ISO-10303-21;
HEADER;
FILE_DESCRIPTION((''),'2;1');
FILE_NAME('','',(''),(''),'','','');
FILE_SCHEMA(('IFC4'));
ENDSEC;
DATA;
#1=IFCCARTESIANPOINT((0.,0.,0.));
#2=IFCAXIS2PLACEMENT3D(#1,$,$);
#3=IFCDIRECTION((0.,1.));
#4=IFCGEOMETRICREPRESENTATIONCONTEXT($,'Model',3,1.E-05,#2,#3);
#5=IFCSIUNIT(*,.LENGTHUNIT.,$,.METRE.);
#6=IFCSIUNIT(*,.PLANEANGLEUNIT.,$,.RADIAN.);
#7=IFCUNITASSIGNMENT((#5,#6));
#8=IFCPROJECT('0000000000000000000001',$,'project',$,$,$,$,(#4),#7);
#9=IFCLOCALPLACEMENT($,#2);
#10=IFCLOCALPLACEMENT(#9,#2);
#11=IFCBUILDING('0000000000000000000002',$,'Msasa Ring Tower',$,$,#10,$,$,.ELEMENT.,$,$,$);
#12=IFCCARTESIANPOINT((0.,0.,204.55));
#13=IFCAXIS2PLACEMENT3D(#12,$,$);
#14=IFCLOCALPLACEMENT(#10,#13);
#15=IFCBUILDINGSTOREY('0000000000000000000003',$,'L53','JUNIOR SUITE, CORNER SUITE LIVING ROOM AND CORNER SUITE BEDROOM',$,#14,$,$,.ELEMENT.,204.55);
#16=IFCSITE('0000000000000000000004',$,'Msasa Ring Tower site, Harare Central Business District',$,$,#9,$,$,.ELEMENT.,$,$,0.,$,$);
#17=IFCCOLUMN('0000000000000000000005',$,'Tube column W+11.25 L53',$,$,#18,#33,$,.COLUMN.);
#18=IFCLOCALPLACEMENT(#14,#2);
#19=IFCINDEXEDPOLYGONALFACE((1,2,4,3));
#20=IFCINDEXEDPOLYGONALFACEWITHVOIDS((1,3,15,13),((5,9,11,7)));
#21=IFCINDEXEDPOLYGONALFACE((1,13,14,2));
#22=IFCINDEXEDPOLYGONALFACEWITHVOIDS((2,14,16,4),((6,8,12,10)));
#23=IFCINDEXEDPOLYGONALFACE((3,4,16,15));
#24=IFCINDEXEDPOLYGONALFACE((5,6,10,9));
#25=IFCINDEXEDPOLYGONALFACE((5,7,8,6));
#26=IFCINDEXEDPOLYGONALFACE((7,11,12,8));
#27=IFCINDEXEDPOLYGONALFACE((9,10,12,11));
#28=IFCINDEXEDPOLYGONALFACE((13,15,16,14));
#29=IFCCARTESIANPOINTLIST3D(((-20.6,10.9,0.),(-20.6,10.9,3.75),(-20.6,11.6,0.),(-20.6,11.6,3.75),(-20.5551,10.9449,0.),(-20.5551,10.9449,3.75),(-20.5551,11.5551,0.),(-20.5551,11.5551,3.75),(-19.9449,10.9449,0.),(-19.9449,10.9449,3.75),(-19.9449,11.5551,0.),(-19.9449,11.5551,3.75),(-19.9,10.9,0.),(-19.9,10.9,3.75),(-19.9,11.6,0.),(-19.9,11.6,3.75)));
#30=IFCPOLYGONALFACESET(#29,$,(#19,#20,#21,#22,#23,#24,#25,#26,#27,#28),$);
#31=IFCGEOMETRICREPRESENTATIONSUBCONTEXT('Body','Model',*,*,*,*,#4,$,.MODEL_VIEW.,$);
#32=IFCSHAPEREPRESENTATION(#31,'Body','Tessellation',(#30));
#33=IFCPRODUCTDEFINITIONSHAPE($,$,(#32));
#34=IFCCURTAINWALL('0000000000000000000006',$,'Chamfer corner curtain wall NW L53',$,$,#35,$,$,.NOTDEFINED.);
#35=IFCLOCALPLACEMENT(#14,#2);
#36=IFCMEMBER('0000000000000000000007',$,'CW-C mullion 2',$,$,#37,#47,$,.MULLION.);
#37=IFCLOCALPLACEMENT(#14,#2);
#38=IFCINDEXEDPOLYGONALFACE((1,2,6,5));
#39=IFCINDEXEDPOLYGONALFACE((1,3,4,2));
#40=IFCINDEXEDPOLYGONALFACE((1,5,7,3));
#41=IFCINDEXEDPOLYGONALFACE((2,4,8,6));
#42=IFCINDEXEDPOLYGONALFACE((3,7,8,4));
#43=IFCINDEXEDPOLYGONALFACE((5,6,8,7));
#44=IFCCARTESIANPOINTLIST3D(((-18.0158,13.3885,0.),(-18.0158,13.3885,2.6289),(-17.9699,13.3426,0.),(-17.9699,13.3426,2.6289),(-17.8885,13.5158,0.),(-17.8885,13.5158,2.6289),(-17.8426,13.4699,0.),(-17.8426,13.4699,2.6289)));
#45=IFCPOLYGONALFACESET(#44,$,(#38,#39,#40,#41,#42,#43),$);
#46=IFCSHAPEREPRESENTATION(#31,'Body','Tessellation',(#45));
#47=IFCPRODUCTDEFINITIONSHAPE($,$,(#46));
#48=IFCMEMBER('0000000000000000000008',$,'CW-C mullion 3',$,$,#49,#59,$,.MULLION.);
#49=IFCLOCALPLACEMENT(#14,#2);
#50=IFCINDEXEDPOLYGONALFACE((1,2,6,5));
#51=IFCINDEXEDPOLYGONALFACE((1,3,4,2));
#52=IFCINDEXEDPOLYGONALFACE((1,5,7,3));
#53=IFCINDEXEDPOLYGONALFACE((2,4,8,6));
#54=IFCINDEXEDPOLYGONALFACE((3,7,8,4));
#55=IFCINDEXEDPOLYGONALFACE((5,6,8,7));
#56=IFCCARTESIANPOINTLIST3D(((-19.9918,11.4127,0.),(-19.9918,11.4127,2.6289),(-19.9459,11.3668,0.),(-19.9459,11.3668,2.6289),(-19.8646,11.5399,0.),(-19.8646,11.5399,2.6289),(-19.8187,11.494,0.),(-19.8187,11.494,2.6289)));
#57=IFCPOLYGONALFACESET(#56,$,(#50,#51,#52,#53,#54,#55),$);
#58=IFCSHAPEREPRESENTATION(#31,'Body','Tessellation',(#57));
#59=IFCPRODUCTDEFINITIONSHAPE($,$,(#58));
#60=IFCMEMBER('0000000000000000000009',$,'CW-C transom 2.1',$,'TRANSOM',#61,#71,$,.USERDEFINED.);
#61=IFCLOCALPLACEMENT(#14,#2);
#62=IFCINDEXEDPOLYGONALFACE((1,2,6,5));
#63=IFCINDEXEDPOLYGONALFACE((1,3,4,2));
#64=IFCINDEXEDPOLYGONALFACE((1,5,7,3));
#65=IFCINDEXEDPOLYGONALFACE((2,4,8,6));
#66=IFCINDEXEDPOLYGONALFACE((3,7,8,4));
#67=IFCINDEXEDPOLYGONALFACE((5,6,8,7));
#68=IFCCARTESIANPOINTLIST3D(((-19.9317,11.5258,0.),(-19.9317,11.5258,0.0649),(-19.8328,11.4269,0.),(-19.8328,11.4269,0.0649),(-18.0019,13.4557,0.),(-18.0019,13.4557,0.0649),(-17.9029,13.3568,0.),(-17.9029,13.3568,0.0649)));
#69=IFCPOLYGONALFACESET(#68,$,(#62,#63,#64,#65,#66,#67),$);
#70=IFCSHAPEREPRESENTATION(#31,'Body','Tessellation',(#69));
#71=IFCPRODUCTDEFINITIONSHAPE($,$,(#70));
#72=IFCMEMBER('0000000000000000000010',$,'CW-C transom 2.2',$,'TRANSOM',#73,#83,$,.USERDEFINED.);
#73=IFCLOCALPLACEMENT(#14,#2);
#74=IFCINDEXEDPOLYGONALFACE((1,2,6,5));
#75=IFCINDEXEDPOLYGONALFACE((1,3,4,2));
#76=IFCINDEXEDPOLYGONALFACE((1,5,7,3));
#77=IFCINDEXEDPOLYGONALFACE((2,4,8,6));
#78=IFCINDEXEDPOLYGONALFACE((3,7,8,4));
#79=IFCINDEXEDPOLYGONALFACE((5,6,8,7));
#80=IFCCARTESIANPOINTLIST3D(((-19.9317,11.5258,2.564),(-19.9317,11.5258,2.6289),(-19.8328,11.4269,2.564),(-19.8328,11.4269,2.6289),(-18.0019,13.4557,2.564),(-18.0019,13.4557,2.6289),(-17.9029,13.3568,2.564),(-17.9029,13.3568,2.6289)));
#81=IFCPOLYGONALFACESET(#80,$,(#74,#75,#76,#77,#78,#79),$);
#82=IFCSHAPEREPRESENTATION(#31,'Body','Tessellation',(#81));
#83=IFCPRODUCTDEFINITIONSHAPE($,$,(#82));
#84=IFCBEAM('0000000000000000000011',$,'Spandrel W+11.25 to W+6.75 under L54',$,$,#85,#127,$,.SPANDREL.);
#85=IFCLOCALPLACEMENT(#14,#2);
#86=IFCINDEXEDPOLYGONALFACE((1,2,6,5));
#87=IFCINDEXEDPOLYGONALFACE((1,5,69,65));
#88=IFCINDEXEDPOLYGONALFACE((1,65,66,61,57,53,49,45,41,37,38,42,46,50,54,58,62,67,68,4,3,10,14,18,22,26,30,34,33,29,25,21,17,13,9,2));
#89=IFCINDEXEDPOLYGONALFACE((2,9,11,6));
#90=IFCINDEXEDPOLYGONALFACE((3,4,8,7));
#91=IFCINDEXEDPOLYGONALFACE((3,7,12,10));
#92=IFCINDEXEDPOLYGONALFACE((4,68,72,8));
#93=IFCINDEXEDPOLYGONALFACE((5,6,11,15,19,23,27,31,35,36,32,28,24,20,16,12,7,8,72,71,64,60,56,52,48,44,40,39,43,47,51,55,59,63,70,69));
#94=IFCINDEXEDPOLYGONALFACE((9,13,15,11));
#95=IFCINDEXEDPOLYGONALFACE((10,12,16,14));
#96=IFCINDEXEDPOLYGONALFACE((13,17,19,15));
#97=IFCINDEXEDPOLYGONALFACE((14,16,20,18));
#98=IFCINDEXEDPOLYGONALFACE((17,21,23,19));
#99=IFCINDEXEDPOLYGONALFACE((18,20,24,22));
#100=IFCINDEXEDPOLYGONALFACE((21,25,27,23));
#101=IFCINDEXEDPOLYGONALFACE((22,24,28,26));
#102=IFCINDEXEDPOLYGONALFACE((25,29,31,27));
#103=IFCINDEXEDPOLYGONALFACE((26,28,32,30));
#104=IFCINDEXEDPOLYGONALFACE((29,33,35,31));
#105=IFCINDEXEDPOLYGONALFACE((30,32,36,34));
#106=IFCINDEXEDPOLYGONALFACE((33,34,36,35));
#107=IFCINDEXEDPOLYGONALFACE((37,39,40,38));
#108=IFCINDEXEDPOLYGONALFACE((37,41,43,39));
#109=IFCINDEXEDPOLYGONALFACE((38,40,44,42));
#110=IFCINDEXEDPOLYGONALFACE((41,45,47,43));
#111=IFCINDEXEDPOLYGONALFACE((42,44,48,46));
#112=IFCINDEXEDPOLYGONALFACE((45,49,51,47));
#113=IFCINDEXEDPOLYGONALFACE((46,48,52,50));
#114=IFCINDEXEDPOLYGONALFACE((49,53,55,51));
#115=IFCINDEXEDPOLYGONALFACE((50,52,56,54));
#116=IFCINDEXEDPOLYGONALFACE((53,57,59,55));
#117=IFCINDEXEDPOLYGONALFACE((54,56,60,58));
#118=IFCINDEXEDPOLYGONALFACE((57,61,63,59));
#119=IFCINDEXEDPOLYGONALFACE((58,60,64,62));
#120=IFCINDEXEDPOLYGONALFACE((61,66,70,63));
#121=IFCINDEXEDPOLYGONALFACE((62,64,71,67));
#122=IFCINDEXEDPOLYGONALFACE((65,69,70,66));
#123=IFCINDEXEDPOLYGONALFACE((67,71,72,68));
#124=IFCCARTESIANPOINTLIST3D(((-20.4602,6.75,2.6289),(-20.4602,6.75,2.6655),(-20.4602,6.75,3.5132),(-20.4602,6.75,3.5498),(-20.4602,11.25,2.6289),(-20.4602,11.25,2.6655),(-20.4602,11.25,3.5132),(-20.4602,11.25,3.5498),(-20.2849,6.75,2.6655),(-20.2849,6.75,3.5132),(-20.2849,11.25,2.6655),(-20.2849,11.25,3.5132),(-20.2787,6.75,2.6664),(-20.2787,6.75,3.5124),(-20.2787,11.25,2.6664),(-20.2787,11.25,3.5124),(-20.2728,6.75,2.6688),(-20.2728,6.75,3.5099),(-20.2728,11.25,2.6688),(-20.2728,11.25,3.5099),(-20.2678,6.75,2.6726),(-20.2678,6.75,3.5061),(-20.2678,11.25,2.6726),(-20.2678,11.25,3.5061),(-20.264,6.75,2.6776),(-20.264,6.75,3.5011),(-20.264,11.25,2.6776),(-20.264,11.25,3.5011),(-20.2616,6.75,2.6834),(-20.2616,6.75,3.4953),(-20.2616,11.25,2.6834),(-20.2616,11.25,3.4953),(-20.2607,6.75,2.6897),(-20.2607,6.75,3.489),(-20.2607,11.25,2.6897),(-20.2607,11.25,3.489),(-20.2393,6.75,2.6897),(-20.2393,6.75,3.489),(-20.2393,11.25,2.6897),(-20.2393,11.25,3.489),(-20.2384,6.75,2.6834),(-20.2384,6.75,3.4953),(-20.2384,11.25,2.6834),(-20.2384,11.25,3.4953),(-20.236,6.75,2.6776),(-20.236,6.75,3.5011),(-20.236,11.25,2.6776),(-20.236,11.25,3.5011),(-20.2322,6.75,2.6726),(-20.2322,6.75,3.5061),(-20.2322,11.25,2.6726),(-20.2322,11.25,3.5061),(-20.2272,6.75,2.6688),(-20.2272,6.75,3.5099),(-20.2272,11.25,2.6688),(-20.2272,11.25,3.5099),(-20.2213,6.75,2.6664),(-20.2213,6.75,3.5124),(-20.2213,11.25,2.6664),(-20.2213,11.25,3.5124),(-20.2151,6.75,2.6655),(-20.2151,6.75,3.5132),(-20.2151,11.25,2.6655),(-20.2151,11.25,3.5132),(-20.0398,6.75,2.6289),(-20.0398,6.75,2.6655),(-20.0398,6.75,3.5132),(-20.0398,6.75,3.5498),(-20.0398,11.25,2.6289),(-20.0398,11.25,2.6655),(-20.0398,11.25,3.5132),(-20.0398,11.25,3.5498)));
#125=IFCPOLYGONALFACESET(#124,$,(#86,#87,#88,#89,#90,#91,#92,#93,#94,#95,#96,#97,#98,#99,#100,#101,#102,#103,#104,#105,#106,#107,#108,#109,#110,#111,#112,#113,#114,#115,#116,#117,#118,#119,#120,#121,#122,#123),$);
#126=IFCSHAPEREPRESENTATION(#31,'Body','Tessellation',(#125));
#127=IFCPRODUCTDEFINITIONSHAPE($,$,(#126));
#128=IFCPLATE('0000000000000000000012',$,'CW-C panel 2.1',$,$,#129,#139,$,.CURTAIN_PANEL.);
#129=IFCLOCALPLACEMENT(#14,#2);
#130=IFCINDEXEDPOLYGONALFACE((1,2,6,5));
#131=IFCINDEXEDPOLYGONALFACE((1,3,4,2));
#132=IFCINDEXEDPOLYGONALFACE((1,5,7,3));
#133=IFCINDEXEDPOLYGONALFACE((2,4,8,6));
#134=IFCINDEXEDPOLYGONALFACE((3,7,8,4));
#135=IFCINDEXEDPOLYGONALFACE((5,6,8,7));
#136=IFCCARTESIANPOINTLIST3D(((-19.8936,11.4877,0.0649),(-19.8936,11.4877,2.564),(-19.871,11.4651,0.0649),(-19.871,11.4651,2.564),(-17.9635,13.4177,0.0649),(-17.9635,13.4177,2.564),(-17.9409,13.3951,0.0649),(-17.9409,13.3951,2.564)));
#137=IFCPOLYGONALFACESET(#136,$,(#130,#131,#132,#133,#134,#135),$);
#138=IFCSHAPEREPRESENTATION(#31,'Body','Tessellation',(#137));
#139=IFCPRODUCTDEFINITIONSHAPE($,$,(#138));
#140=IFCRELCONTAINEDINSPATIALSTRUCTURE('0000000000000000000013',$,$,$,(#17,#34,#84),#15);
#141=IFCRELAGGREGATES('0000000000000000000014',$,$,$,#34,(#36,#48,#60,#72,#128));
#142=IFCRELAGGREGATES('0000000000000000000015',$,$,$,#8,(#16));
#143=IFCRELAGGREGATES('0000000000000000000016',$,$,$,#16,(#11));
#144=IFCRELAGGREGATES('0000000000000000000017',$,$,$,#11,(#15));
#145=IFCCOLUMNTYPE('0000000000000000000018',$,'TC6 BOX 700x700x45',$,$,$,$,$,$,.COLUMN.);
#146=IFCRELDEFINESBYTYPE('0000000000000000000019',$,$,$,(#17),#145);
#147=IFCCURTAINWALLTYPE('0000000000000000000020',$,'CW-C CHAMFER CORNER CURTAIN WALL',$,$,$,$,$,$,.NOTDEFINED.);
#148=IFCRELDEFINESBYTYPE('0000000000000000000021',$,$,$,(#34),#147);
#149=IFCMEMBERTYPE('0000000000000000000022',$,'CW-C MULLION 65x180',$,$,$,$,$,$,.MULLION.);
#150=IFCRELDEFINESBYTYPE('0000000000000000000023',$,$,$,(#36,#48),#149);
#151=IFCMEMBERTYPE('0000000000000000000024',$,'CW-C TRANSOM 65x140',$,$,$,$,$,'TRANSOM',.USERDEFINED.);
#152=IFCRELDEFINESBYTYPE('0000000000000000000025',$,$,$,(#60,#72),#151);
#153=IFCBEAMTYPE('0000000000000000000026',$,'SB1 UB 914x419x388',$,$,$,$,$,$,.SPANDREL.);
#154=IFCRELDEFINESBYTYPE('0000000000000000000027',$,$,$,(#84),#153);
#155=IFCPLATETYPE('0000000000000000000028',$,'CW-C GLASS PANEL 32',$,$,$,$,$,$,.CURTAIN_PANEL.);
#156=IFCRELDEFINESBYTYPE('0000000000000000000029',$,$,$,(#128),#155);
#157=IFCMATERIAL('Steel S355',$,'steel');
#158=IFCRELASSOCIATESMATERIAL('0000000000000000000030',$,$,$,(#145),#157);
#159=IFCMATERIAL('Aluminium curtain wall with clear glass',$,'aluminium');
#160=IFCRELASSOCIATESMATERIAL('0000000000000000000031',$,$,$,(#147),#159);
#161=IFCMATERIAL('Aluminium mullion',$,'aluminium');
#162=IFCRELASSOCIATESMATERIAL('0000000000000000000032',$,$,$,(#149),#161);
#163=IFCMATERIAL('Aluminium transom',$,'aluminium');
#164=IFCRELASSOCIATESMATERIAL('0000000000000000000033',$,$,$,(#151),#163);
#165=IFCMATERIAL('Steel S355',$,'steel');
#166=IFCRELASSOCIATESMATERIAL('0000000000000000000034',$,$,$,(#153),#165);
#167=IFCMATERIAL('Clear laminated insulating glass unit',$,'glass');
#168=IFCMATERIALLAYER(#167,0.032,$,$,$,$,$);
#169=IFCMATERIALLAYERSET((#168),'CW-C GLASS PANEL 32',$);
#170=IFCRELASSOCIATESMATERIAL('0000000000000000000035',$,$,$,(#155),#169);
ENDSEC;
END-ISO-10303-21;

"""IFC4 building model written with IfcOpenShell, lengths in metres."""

from ifc_helpers import new_model, si_unit, direction, frame, origin, origin_2d, place, context, subcontext, project, spatial, rectangle, hollow_rectangle, i_section, extrude, material, layer, layer_set, material_profile, profile_set, type_object, element, aggregate, save


model = new_model("IFC4")

# Units and contexts
model_context = context("Model", 3, precision=1e-05, world=origin(), true_north=direction((0.0, 1.0)))
body_context = subcontext(model_context, "Body", "Model", "MODEL_VIEW")
ifc_project = project(units=[si_unit("LENGTHUNIT", "METRE"), si_unit("PLANEANGLEUNIT", "RADIAN")], contexts=[model_context])

# Site, building, storey
site_placement = place(None, origin())
site = spatial("IfcSite", under=ifc_project, at=site_placement, Name="Msasa Ring Tower site, Harare Central Business District", CompositionType="ELEMENT", RefElevation=0.0)
building_placement = place(site_placement, origin())
building = spatial("IfcBuilding", under=site, at=building_placement, Name="Msasa Ring Tower", CompositionType="ELEMENT")
storey_placement = place(building_placement, frame((0.0, 0.0, 204.55)))
storey = spatial("IfcBuildingStorey", under=building, at=storey_placement, Name="L53", Description="JUNIOR SUITE, CORNER SUITE LIVING ROOM AND CORNER SUITE BEDROOM", CompositionType="ELEMENT", Elevation=204.55)

# Column
ifc_material_1 = material(Name="Steel S355", Category="steel")
ifc_material_profile_1 = material_profile(ifc_material_1, hollow_rectangle(XDim=0.7, YDim=0.7, WallThickness=0.0449, at=origin_2d()), Name="BOX 700x700x45")
ifc_profile_set_1 = profile_set([ifc_material_profile_1], Name="Steel S355")
column_type = type_object("IfcColumnType", Name="TC6 BOX 700x700x45", PredefinedType="COLUMN", material=ifc_profile_set_1)
column_placement = place(storey_placement, frame((-20.25, 11.25, 0.0), z_axis=(0.0, 0.0, 1.0), x_axis=(1.0, 0.0, 0.0)))
element("IfcColumn", 1, at=column_placement, inside=storey, type_object=column_type, Name="Tube column W+11.25 L53", PredefinedType="COLUMN", context=body_context, shape_type="SweptSolid", body=[
    extrude(hollow_rectangle(XDim=0.7, YDim=0.7, WallThickness=0.0449, at=origin_2d()), origin(), (0.0, 0.0, 1.0), 3.75),
])

# Curtain wall, members
ifc_material_2 = material(Name="Aluminium curtain wall with clear glass", Category="aluminium")
curtain_wall_type = type_object("IfcCurtainWallType", Name="CW-C CHAMFER CORNER CURTAIN WALL", PredefinedType="NOTDEFINED", material=ifc_material_2)
curtain_wall_placement = place(storey_placement, origin())
curtain_wall = element("IfcCurtainWall", 2, at=curtain_wall_placement, inside=storey, type_object=curtain_wall_type, Name="Chamfer corner curtain wall NW L53", PredefinedType="NOTDEFINED")
ifc_material_3 = material(Name="Aluminium mullion", Category="aluminium")
ifc_material_profile_2 = material_profile(ifc_material_3, rectangle(XDim=0.0649, YDim=0.1799, at=origin_2d()), Name="AL 65x180")
ifc_profile_set_2 = profile_set([ifc_material_profile_2], Name="Aluminium mullion")
member_type_1 = type_object("IfcMemberType", Name="CW-C MULLION 65x180", PredefinedType="MULLION", material=ifc_profile_set_2)
member_1_placement = place(storey_placement, frame((-17.9292, 13.4292, 0.0), z_axis=(0.0, 0.0, 1.0), x_axis=(0.707107, -0.707107, 0.0)))
member_1 = element("IfcMember", 3, at=member_1_placement, type_object=member_type_1, Name="CW-C mullion 2", PredefinedType="MULLION", context=body_context, shape_type="SweptSolid", body=[
    extrude(rectangle(XDim=0.0649, YDim=0.1799, at=origin_2d()), origin(), (0.0, 0.0, 1.0), 2.6289),
])
member_2_placement = place(storey_placement, frame((-19.9053, 11.4534, 0.0), z_axis=(0.0, 0.0, 1.0), x_axis=(0.707107, -0.707107, 0.0)))
member_2 = element("IfcMember", 4, at=member_2_placement, type_object=member_type_1, Name="CW-C mullion 3", PredefinedType="MULLION", context=body_context, shape_type="SweptSolid", body=[
    extrude(rectangle(XDim=0.0649, YDim=0.1799, at=origin_2d()), origin(), (0.0, 0.0, 1.0), 2.6289),
])
ifc_material_4 = material(Name="Aluminium transom", Category="aluminium")
ifc_material_profile_3 = material_profile(ifc_material_4, rectangle(XDim=0.1399, YDim=0.0649, at=origin_2d()), Name="AL 65x140")
ifc_profile_set_3 = profile_set([ifc_material_profile_3], Name="Aluminium transom")
member_type_2 = type_object("IfcMemberType", Name="CW-C TRANSOM 65x140", ElementType="TRANSOM", PredefinedType="USERDEFINED", material=ifc_profile_set_3)
member_3_placement = place(storey_placement, frame((-17.9524, 13.4062, 0.0325), z_axis=(-0.707107, -0.707107, 0.0), x_axis=(0.707107, -0.707107, 0.0)))
member_3 = element("IfcMember", 5, at=member_3_placement, type_object=member_type_2, Name="CW-C transom 2.1", ObjectType="TRANSOM", PredefinedType="USERDEFINED", context=body_context, shape_type="SweptSolid", body=[
    extrude(rectangle(XDim=0.1399, YDim=0.0649, at=origin_2d()), origin(), (0.0, 0.0, 1.0), 2.7292),
])
member_4_placement = place(storey_placement, frame((-17.9524, 13.4062, 2.5964), z_axis=(-0.707107, -0.707107, 0.0), x_axis=(0.707107, -0.707107, 0.0)))
member_4 = element("IfcMember", 6, at=member_4_placement, type_object=member_type_2, Name="CW-C transom 2.2", ObjectType="TRANSOM", PredefinedType="USERDEFINED", context=body_context, shape_type="SweptSolid", body=[
    extrude(rectangle(XDim=0.1399, YDim=0.0649, at=origin_2d()), origin(), (0.0, 0.0, 1.0), 2.7292),
])

# Beam
ifc_material_5 = material(Name="Steel S355", Category="steel")
ifc_material_profile_4 = material_profile(ifc_material_5, i_section(OverallWidth=0.4204, OverallDepth=0.9209, WebThickness=0.0215, FlangeThickness=0.0366, FilletRadius=0.0242, at=origin_2d()), Name="UB 914x419x388")
ifc_profile_set_4 = profile_set([ifc_material_profile_4], Name="Steel S355")
beam_type = type_object("IfcBeamType", Name="SB1 UB 914x419x388", PredefinedType="SPANDREL", material=ifc_profile_set_4)
beam_placement = place(storey_placement, frame((-20.25, 11.25, 3.0894), z_axis=(0.0, -1.0, 0.0), x_axis=(1.0, 0.0, 0.0)))
element("IfcBeam", 7, at=beam_placement, inside=storey, type_object=beam_type, Name="Spandrel W+11.25 to W+6.75 under L54", PredefinedType="SPANDREL", context=body_context, shape_type="SweptSolid", body=[
    extrude(i_section(OverallWidth=0.4204, OverallDepth=0.9209, WebThickness=0.0215, FlangeThickness=0.0366, FilletRadius=0.0242, at=origin_2d()), origin(), (0.0, 0.0, 1.0), 4.5),
])

# Plate
ifc_material_6 = material(Name="Clear laminated insulating glass unit", Category="glass")
ifc_layer_1 = layer(ifc_material_6, 0.032)
ifc_layer_set_1 = layer_set([ifc_layer_1], Name="CW-C GLASS PANEL 32")
plate_type = type_object("IfcPlateType", Name="CW-C GLASS PANEL 32", PredefinedType="CURTAIN_PANEL", material=ifc_layer_set_1)
plate_placement = place(storey_placement, frame((-18.9172, 12.4414, 0.0649), z_axis=(0.0, 0.0, 1.0), x_axis=(-0.707107, -0.707107, 0.0)))
plate = element("IfcPlate", 8, at=plate_placement, type_object=plate_type, Name="CW-C panel 2.1", PredefinedType="CURTAIN_PANEL", context=body_context, shape_type="SweptSolid", body=[
    extrude(rectangle(XDim=2.7295, YDim=0.032, at=origin_2d()), origin(), (0.0, 0.0, 1.0), 2.499),
])
aggregate(curtain_wall, [member_1, member_2, member_3, member_4, plate])

save(model, "model.ifc")
